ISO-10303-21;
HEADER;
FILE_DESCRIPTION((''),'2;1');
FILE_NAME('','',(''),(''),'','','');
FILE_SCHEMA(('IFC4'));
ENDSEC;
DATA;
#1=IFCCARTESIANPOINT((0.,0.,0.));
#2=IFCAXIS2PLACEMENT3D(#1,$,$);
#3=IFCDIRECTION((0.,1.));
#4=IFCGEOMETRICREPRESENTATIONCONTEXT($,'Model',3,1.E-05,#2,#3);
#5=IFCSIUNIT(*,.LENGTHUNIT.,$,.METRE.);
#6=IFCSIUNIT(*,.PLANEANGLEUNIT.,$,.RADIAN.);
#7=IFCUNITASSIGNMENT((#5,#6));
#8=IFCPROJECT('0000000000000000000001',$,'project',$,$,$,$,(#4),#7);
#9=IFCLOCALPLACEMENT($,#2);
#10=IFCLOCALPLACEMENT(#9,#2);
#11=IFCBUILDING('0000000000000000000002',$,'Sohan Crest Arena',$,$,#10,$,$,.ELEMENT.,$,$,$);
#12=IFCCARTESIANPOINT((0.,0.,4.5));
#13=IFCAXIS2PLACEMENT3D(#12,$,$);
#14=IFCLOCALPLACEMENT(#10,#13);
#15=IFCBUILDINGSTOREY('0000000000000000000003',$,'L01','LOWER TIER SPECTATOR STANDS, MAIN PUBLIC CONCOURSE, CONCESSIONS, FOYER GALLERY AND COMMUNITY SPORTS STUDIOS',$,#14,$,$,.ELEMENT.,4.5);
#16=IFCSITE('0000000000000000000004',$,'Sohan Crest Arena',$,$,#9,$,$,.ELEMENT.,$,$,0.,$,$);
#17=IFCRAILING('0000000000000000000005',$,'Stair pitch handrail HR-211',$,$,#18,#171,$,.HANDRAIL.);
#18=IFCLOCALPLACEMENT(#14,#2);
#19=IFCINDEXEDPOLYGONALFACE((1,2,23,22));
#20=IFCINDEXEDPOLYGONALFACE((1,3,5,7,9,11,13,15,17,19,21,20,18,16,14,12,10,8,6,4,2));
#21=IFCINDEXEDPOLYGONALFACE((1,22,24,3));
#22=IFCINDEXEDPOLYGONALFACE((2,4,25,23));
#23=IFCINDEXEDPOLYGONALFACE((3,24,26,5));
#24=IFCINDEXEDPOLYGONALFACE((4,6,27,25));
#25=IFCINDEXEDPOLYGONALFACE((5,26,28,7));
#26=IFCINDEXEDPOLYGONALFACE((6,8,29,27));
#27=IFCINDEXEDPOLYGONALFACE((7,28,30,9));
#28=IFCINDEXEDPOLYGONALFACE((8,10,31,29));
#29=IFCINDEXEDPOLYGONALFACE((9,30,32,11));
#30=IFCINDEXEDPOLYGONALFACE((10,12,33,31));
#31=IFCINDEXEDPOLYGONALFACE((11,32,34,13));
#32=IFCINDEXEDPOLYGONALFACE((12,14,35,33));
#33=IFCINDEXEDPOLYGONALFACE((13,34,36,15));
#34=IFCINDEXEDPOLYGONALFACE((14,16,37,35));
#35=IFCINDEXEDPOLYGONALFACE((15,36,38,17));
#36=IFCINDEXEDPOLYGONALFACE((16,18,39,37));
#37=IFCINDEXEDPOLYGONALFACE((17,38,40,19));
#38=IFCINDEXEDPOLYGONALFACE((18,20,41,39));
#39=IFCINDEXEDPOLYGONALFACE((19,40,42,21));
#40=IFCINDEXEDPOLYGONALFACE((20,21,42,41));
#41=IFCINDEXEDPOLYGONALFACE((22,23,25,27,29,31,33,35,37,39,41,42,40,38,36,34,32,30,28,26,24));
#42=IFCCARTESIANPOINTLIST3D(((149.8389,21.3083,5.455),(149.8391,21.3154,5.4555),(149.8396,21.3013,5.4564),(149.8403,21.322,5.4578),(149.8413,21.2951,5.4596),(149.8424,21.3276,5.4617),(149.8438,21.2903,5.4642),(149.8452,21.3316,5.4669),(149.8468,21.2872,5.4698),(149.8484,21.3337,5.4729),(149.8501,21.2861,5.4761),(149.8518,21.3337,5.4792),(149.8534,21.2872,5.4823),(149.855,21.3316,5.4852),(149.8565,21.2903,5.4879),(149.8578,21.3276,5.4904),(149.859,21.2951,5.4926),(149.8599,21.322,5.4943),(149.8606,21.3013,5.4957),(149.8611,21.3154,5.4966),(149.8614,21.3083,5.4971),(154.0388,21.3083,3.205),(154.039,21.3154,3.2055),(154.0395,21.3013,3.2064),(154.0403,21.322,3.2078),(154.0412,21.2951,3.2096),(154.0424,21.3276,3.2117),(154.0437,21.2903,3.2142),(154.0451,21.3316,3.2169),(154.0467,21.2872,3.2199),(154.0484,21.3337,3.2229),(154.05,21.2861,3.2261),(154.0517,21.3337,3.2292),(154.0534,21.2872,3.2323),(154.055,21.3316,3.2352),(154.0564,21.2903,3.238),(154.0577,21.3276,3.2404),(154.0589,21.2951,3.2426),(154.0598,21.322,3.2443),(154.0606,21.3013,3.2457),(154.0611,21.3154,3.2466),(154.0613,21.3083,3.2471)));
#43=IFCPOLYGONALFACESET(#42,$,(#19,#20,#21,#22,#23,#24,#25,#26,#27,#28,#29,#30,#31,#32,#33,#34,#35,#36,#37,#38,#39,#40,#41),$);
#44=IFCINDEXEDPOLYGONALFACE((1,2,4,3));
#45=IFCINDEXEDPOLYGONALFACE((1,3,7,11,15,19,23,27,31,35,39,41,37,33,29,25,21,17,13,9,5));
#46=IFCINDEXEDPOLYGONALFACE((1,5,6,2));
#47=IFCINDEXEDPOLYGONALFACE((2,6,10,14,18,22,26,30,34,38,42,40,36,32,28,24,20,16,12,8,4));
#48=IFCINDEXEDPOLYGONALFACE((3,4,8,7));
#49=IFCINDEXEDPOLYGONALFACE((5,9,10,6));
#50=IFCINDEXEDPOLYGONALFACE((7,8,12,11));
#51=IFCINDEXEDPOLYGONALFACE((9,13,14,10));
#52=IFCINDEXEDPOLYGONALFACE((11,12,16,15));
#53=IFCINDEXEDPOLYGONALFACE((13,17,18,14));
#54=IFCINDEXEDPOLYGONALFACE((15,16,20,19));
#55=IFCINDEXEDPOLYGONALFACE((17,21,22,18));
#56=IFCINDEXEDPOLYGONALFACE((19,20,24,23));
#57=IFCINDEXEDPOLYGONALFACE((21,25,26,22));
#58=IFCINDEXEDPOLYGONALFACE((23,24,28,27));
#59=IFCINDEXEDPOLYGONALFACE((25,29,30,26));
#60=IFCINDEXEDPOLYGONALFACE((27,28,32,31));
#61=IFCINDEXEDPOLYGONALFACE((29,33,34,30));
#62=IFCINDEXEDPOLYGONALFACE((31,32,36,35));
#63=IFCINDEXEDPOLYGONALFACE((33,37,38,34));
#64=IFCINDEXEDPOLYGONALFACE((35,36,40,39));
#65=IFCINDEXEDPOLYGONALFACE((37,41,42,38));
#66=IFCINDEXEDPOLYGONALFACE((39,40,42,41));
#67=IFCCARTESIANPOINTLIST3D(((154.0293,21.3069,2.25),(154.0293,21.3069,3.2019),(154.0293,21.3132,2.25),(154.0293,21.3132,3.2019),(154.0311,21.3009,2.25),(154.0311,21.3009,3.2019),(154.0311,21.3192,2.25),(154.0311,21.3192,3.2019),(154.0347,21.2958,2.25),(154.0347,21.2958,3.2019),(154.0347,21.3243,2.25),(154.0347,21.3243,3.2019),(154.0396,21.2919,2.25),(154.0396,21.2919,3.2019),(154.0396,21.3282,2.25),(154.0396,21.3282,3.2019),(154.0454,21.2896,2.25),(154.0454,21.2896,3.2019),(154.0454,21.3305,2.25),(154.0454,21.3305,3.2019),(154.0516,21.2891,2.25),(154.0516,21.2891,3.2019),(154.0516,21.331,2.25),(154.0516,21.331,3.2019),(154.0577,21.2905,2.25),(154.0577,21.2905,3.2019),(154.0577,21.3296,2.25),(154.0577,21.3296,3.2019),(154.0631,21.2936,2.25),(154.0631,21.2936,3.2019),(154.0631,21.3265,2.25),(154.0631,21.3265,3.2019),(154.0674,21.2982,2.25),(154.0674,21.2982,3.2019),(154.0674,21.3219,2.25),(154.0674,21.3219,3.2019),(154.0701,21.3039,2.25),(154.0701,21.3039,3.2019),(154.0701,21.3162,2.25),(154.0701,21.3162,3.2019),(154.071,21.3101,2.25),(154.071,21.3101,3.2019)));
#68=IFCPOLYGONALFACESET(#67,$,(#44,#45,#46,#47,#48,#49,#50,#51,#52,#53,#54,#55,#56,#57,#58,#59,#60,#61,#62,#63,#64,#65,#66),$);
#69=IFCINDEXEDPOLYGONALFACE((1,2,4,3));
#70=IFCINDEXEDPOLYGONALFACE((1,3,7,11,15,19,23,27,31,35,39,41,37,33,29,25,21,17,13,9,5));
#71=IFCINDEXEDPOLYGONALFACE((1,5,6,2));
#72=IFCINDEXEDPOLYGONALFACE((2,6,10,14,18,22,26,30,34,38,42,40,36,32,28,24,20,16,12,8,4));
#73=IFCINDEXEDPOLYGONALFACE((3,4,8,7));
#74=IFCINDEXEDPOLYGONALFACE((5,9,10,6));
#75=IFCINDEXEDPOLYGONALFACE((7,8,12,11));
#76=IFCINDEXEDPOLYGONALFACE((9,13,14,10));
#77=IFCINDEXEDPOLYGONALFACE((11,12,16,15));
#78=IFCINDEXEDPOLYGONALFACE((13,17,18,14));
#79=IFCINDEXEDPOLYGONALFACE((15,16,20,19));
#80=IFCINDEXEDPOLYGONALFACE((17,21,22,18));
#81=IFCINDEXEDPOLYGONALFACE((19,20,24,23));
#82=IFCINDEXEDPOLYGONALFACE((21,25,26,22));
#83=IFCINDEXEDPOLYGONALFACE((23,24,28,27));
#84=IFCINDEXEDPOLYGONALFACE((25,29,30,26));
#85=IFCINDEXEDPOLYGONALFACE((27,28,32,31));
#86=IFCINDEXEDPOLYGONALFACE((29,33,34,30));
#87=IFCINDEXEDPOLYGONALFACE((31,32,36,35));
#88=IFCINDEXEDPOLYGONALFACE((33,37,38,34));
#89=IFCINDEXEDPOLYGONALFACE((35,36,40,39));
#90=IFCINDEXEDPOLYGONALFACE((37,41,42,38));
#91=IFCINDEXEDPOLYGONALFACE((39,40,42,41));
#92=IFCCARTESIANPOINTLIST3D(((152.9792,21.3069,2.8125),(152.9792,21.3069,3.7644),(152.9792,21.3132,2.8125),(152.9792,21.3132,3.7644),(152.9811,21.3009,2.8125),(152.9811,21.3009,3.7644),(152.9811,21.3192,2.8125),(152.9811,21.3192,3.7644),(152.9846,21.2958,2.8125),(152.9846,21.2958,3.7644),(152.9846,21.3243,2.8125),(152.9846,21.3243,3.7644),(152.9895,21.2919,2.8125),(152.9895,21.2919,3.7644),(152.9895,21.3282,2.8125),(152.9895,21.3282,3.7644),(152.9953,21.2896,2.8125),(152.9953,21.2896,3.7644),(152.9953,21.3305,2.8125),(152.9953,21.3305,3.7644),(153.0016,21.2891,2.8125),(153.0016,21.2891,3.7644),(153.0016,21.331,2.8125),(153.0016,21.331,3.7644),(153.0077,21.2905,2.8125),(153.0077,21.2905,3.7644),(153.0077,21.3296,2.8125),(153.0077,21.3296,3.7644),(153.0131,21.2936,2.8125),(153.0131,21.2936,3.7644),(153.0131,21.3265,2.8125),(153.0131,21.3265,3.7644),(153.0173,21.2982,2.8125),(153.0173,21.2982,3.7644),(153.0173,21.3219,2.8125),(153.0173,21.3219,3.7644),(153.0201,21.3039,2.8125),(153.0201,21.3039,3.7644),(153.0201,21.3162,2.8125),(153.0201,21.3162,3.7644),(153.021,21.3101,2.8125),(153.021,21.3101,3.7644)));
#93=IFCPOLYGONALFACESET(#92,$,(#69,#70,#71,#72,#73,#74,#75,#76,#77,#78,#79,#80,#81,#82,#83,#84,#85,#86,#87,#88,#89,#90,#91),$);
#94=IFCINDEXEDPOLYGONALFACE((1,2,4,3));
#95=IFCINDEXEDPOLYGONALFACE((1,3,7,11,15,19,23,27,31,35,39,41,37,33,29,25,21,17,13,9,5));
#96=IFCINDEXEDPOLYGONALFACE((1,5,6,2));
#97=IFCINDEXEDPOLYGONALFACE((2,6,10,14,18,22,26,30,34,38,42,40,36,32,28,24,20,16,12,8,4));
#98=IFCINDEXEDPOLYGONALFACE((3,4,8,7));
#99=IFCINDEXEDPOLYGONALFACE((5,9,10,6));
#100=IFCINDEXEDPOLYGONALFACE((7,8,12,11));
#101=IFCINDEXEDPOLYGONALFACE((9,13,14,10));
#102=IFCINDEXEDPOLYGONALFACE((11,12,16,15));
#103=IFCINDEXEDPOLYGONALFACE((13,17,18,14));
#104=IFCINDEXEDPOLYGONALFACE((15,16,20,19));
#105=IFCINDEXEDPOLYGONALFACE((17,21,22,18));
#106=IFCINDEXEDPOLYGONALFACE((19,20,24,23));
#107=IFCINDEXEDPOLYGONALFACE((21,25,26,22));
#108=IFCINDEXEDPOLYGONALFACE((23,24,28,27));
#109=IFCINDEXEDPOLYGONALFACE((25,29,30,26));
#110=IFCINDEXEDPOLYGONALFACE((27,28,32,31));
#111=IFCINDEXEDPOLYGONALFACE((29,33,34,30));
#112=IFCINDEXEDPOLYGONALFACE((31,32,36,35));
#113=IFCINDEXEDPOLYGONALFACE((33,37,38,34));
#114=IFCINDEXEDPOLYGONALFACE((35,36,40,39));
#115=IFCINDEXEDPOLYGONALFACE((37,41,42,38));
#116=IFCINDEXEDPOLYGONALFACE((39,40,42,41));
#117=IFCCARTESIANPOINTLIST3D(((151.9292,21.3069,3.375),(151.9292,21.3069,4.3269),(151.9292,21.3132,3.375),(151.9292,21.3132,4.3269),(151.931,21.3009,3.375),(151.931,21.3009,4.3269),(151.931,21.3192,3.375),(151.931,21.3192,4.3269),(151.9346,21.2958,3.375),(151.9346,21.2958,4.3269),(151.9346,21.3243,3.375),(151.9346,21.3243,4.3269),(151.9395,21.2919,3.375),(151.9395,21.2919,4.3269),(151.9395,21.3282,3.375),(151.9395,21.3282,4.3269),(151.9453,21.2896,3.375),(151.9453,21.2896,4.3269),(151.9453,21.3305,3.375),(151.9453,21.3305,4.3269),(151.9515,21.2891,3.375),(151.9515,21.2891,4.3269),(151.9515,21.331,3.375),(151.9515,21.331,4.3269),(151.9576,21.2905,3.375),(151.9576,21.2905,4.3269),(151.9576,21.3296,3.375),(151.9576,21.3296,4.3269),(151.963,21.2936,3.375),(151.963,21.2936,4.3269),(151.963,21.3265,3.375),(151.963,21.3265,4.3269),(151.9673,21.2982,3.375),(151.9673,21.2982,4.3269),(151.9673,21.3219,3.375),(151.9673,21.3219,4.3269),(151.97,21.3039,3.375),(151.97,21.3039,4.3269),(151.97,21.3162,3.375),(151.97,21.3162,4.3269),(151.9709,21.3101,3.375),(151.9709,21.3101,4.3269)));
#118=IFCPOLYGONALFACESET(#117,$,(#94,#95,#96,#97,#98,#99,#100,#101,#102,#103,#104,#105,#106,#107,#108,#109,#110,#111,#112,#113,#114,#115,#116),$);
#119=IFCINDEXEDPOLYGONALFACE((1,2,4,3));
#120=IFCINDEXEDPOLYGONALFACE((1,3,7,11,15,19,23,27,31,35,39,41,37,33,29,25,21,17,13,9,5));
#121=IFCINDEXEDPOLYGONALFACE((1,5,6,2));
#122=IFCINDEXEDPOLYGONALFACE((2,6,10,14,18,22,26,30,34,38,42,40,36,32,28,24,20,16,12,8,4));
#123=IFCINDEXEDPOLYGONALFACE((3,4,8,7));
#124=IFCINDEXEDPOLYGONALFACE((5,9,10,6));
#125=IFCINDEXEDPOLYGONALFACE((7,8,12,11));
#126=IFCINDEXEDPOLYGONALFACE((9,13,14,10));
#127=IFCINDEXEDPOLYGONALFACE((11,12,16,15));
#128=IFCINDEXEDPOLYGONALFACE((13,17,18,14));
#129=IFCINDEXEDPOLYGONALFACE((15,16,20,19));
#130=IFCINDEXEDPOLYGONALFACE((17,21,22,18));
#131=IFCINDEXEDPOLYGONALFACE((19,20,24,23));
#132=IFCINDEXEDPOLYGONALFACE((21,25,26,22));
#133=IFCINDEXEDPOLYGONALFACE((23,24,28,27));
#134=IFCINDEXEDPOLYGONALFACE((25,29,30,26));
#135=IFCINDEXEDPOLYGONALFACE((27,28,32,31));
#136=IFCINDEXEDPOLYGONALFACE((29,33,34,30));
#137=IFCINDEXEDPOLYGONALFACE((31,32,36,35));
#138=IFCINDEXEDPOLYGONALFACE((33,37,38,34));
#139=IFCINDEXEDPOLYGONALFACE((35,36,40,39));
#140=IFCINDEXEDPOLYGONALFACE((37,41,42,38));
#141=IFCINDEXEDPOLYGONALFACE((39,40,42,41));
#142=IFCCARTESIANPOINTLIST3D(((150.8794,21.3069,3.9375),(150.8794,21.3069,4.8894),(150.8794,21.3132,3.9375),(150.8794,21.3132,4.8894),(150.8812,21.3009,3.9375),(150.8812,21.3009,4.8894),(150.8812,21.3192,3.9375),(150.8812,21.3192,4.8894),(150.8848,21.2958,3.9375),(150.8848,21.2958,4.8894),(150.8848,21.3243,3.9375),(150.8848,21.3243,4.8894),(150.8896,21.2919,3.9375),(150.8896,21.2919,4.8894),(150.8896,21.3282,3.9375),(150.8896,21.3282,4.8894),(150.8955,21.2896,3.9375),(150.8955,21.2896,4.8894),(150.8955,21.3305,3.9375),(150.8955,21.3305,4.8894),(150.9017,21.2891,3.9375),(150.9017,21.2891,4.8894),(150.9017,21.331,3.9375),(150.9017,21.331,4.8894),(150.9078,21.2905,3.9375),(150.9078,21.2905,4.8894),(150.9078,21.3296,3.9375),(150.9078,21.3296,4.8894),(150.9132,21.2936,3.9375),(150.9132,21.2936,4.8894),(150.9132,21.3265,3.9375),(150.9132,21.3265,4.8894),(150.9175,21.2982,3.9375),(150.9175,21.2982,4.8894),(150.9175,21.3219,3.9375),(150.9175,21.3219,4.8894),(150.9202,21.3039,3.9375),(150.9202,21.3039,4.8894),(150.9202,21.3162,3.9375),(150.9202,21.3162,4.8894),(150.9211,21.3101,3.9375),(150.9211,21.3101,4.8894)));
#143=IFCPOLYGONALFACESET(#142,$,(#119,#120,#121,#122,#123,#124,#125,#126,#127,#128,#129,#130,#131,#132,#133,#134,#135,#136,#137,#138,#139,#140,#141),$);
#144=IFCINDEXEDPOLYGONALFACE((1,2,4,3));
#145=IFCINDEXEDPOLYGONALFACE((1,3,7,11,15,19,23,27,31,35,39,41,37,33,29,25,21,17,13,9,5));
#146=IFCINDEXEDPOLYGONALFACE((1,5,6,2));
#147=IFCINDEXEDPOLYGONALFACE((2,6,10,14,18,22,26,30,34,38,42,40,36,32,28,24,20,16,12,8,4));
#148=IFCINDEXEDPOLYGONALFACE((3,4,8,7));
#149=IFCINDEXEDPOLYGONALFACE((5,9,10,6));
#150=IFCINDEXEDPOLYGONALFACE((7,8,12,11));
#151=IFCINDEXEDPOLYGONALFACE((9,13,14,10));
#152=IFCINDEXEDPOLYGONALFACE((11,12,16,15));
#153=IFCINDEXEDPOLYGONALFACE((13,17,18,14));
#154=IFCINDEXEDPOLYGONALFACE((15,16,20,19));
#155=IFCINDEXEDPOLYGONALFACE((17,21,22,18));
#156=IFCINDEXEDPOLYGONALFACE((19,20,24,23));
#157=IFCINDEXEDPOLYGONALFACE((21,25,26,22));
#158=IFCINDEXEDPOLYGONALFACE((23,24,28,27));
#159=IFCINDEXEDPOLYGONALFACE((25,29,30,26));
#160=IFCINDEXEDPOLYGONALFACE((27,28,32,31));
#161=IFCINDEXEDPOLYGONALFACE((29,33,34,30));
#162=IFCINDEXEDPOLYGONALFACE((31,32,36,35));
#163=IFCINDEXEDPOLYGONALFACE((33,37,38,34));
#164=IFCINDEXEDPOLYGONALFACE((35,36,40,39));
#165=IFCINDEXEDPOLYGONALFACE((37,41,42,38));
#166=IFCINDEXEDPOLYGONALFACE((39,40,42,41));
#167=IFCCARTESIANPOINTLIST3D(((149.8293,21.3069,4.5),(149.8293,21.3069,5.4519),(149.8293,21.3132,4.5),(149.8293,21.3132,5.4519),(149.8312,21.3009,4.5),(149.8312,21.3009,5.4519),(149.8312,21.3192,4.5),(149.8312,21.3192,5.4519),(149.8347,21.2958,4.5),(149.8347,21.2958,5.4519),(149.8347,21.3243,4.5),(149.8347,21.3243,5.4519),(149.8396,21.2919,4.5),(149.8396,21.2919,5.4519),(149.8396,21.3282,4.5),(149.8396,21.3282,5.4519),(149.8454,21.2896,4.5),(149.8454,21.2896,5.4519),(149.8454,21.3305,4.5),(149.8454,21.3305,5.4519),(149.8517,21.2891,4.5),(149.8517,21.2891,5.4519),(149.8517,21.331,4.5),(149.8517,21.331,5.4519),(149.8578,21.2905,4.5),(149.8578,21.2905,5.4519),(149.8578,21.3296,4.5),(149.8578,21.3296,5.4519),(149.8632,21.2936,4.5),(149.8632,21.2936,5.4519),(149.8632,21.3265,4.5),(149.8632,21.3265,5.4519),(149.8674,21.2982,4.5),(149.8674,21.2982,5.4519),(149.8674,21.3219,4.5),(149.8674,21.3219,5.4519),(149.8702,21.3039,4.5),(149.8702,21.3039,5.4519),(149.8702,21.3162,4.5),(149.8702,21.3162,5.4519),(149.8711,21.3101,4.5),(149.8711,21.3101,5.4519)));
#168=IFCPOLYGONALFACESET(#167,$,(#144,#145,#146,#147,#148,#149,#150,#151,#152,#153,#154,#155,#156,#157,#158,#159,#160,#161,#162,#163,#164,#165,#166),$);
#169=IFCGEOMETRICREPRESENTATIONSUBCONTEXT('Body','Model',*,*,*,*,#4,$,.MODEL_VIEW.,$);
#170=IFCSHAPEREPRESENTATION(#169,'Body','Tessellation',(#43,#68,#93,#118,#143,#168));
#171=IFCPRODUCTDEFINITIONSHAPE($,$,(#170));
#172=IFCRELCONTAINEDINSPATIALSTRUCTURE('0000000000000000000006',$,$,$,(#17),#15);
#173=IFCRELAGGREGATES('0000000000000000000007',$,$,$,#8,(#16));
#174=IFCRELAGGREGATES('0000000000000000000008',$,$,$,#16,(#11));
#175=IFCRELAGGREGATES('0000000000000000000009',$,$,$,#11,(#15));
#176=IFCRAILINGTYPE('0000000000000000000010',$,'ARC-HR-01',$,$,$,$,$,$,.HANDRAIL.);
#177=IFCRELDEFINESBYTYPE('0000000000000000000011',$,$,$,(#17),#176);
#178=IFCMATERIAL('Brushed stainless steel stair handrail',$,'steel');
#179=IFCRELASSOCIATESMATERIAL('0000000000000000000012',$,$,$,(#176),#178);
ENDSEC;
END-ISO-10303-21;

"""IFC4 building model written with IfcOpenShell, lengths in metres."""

from ifc_helpers import new_model, si_unit, direction, frame, origin, origin_2d, place, context, subcontext, project, spatial, circle, extrude, material, type_object, element, save


model = new_model("IFC4")

# Units and contexts
model_context = context("Model", 3, precision=1e-05, world=origin(), true_north=direction((0.0, 1.0)))
body_context = subcontext(model_context, "Body", "Model", "MODEL_VIEW")
ifc_project = project(units=[si_unit("LENGTHUNIT", "METRE"), si_unit("PLANEANGLEUNIT", "RADIAN")], contexts=[model_context])

# Site, building, storey
site_placement = place(None, origin())
site = spatial("IfcSite", under=ifc_project, at=site_placement, Name="Sohan Crest Arena", CompositionType="ELEMENT", RefElevation=0.0)
building_placement = place(site_placement, origin())
building = spatial("IfcBuilding", under=site, at=building_placement, Name="Sohan Crest Arena", CompositionType="ELEMENT")
storey_placement = place(building_placement, frame((0.0, 0.0, 4.5)))
storey = spatial("IfcBuildingStorey", under=building, at=storey_placement, Name="L01", Description="LOWER TIER SPECTATOR STANDS, MAIN PUBLIC CONCOURSE, CONCESSIONS, FOYER GALLERY AND COMMUNITY SPORTS STUDIOS", CompositionType="ELEMENT", Elevation=4.5)

# Railing
ifc_material_1 = material(Name="Brushed stainless steel stair handrail", Category="steel")
railing_type_1 = type_object("IfcRailingType", Name="ARC-HR-01", PredefinedType="HANDRAIL", material=ifc_material_1)
railing_1_placement = place(storey_placement, frame((154.05, 21.3101, 2.25)))
element("IfcRailing", 1, at=railing_1_placement, inside=storey, type_object=railing_type_1, Name="Stair pitch handrail HR-211", PredefinedType="HANDRAIL", context=body_context, shape_type="SweptSolid", body=[
    extrude(circle(Radius=0.0239, at=origin_2d()), frame((0.0, 0.0, 0.9761), z_axis=(-0.881478, 0.0, 0.472226), x_axis=(0.0, -1.0, 0.0)), (0.0, 0.0, 1.0), 4.7646),
    extrude(circle(Radius=0.021, at=origin_2d()), origin(), (0.0, 0.0, 1.0), 0.9519),
    extrude(circle(Radius=0.021, at=origin_2d()), frame((-1.05, 0.0, 0.5625)), (0.0, 0.0, 1.0), 0.9519),
    extrude(circle(Radius=0.021, at=origin_2d()), frame((-2.1001, 0.0, 1.125)), (0.0, 0.0, 1.0), 0.9519),
    extrude(circle(Radius=0.021, at=origin_2d()), frame((-3.1499, 0.0, 1.6875)), (0.0, 0.0, 1.0), 0.9519),
    extrude(circle(Radius=0.021, at=origin_2d()), frame((-4.2, 0.0, 2.25)), (0.0, 0.0, 1.0), 0.9519),
])

save(model, "model.ifc")
